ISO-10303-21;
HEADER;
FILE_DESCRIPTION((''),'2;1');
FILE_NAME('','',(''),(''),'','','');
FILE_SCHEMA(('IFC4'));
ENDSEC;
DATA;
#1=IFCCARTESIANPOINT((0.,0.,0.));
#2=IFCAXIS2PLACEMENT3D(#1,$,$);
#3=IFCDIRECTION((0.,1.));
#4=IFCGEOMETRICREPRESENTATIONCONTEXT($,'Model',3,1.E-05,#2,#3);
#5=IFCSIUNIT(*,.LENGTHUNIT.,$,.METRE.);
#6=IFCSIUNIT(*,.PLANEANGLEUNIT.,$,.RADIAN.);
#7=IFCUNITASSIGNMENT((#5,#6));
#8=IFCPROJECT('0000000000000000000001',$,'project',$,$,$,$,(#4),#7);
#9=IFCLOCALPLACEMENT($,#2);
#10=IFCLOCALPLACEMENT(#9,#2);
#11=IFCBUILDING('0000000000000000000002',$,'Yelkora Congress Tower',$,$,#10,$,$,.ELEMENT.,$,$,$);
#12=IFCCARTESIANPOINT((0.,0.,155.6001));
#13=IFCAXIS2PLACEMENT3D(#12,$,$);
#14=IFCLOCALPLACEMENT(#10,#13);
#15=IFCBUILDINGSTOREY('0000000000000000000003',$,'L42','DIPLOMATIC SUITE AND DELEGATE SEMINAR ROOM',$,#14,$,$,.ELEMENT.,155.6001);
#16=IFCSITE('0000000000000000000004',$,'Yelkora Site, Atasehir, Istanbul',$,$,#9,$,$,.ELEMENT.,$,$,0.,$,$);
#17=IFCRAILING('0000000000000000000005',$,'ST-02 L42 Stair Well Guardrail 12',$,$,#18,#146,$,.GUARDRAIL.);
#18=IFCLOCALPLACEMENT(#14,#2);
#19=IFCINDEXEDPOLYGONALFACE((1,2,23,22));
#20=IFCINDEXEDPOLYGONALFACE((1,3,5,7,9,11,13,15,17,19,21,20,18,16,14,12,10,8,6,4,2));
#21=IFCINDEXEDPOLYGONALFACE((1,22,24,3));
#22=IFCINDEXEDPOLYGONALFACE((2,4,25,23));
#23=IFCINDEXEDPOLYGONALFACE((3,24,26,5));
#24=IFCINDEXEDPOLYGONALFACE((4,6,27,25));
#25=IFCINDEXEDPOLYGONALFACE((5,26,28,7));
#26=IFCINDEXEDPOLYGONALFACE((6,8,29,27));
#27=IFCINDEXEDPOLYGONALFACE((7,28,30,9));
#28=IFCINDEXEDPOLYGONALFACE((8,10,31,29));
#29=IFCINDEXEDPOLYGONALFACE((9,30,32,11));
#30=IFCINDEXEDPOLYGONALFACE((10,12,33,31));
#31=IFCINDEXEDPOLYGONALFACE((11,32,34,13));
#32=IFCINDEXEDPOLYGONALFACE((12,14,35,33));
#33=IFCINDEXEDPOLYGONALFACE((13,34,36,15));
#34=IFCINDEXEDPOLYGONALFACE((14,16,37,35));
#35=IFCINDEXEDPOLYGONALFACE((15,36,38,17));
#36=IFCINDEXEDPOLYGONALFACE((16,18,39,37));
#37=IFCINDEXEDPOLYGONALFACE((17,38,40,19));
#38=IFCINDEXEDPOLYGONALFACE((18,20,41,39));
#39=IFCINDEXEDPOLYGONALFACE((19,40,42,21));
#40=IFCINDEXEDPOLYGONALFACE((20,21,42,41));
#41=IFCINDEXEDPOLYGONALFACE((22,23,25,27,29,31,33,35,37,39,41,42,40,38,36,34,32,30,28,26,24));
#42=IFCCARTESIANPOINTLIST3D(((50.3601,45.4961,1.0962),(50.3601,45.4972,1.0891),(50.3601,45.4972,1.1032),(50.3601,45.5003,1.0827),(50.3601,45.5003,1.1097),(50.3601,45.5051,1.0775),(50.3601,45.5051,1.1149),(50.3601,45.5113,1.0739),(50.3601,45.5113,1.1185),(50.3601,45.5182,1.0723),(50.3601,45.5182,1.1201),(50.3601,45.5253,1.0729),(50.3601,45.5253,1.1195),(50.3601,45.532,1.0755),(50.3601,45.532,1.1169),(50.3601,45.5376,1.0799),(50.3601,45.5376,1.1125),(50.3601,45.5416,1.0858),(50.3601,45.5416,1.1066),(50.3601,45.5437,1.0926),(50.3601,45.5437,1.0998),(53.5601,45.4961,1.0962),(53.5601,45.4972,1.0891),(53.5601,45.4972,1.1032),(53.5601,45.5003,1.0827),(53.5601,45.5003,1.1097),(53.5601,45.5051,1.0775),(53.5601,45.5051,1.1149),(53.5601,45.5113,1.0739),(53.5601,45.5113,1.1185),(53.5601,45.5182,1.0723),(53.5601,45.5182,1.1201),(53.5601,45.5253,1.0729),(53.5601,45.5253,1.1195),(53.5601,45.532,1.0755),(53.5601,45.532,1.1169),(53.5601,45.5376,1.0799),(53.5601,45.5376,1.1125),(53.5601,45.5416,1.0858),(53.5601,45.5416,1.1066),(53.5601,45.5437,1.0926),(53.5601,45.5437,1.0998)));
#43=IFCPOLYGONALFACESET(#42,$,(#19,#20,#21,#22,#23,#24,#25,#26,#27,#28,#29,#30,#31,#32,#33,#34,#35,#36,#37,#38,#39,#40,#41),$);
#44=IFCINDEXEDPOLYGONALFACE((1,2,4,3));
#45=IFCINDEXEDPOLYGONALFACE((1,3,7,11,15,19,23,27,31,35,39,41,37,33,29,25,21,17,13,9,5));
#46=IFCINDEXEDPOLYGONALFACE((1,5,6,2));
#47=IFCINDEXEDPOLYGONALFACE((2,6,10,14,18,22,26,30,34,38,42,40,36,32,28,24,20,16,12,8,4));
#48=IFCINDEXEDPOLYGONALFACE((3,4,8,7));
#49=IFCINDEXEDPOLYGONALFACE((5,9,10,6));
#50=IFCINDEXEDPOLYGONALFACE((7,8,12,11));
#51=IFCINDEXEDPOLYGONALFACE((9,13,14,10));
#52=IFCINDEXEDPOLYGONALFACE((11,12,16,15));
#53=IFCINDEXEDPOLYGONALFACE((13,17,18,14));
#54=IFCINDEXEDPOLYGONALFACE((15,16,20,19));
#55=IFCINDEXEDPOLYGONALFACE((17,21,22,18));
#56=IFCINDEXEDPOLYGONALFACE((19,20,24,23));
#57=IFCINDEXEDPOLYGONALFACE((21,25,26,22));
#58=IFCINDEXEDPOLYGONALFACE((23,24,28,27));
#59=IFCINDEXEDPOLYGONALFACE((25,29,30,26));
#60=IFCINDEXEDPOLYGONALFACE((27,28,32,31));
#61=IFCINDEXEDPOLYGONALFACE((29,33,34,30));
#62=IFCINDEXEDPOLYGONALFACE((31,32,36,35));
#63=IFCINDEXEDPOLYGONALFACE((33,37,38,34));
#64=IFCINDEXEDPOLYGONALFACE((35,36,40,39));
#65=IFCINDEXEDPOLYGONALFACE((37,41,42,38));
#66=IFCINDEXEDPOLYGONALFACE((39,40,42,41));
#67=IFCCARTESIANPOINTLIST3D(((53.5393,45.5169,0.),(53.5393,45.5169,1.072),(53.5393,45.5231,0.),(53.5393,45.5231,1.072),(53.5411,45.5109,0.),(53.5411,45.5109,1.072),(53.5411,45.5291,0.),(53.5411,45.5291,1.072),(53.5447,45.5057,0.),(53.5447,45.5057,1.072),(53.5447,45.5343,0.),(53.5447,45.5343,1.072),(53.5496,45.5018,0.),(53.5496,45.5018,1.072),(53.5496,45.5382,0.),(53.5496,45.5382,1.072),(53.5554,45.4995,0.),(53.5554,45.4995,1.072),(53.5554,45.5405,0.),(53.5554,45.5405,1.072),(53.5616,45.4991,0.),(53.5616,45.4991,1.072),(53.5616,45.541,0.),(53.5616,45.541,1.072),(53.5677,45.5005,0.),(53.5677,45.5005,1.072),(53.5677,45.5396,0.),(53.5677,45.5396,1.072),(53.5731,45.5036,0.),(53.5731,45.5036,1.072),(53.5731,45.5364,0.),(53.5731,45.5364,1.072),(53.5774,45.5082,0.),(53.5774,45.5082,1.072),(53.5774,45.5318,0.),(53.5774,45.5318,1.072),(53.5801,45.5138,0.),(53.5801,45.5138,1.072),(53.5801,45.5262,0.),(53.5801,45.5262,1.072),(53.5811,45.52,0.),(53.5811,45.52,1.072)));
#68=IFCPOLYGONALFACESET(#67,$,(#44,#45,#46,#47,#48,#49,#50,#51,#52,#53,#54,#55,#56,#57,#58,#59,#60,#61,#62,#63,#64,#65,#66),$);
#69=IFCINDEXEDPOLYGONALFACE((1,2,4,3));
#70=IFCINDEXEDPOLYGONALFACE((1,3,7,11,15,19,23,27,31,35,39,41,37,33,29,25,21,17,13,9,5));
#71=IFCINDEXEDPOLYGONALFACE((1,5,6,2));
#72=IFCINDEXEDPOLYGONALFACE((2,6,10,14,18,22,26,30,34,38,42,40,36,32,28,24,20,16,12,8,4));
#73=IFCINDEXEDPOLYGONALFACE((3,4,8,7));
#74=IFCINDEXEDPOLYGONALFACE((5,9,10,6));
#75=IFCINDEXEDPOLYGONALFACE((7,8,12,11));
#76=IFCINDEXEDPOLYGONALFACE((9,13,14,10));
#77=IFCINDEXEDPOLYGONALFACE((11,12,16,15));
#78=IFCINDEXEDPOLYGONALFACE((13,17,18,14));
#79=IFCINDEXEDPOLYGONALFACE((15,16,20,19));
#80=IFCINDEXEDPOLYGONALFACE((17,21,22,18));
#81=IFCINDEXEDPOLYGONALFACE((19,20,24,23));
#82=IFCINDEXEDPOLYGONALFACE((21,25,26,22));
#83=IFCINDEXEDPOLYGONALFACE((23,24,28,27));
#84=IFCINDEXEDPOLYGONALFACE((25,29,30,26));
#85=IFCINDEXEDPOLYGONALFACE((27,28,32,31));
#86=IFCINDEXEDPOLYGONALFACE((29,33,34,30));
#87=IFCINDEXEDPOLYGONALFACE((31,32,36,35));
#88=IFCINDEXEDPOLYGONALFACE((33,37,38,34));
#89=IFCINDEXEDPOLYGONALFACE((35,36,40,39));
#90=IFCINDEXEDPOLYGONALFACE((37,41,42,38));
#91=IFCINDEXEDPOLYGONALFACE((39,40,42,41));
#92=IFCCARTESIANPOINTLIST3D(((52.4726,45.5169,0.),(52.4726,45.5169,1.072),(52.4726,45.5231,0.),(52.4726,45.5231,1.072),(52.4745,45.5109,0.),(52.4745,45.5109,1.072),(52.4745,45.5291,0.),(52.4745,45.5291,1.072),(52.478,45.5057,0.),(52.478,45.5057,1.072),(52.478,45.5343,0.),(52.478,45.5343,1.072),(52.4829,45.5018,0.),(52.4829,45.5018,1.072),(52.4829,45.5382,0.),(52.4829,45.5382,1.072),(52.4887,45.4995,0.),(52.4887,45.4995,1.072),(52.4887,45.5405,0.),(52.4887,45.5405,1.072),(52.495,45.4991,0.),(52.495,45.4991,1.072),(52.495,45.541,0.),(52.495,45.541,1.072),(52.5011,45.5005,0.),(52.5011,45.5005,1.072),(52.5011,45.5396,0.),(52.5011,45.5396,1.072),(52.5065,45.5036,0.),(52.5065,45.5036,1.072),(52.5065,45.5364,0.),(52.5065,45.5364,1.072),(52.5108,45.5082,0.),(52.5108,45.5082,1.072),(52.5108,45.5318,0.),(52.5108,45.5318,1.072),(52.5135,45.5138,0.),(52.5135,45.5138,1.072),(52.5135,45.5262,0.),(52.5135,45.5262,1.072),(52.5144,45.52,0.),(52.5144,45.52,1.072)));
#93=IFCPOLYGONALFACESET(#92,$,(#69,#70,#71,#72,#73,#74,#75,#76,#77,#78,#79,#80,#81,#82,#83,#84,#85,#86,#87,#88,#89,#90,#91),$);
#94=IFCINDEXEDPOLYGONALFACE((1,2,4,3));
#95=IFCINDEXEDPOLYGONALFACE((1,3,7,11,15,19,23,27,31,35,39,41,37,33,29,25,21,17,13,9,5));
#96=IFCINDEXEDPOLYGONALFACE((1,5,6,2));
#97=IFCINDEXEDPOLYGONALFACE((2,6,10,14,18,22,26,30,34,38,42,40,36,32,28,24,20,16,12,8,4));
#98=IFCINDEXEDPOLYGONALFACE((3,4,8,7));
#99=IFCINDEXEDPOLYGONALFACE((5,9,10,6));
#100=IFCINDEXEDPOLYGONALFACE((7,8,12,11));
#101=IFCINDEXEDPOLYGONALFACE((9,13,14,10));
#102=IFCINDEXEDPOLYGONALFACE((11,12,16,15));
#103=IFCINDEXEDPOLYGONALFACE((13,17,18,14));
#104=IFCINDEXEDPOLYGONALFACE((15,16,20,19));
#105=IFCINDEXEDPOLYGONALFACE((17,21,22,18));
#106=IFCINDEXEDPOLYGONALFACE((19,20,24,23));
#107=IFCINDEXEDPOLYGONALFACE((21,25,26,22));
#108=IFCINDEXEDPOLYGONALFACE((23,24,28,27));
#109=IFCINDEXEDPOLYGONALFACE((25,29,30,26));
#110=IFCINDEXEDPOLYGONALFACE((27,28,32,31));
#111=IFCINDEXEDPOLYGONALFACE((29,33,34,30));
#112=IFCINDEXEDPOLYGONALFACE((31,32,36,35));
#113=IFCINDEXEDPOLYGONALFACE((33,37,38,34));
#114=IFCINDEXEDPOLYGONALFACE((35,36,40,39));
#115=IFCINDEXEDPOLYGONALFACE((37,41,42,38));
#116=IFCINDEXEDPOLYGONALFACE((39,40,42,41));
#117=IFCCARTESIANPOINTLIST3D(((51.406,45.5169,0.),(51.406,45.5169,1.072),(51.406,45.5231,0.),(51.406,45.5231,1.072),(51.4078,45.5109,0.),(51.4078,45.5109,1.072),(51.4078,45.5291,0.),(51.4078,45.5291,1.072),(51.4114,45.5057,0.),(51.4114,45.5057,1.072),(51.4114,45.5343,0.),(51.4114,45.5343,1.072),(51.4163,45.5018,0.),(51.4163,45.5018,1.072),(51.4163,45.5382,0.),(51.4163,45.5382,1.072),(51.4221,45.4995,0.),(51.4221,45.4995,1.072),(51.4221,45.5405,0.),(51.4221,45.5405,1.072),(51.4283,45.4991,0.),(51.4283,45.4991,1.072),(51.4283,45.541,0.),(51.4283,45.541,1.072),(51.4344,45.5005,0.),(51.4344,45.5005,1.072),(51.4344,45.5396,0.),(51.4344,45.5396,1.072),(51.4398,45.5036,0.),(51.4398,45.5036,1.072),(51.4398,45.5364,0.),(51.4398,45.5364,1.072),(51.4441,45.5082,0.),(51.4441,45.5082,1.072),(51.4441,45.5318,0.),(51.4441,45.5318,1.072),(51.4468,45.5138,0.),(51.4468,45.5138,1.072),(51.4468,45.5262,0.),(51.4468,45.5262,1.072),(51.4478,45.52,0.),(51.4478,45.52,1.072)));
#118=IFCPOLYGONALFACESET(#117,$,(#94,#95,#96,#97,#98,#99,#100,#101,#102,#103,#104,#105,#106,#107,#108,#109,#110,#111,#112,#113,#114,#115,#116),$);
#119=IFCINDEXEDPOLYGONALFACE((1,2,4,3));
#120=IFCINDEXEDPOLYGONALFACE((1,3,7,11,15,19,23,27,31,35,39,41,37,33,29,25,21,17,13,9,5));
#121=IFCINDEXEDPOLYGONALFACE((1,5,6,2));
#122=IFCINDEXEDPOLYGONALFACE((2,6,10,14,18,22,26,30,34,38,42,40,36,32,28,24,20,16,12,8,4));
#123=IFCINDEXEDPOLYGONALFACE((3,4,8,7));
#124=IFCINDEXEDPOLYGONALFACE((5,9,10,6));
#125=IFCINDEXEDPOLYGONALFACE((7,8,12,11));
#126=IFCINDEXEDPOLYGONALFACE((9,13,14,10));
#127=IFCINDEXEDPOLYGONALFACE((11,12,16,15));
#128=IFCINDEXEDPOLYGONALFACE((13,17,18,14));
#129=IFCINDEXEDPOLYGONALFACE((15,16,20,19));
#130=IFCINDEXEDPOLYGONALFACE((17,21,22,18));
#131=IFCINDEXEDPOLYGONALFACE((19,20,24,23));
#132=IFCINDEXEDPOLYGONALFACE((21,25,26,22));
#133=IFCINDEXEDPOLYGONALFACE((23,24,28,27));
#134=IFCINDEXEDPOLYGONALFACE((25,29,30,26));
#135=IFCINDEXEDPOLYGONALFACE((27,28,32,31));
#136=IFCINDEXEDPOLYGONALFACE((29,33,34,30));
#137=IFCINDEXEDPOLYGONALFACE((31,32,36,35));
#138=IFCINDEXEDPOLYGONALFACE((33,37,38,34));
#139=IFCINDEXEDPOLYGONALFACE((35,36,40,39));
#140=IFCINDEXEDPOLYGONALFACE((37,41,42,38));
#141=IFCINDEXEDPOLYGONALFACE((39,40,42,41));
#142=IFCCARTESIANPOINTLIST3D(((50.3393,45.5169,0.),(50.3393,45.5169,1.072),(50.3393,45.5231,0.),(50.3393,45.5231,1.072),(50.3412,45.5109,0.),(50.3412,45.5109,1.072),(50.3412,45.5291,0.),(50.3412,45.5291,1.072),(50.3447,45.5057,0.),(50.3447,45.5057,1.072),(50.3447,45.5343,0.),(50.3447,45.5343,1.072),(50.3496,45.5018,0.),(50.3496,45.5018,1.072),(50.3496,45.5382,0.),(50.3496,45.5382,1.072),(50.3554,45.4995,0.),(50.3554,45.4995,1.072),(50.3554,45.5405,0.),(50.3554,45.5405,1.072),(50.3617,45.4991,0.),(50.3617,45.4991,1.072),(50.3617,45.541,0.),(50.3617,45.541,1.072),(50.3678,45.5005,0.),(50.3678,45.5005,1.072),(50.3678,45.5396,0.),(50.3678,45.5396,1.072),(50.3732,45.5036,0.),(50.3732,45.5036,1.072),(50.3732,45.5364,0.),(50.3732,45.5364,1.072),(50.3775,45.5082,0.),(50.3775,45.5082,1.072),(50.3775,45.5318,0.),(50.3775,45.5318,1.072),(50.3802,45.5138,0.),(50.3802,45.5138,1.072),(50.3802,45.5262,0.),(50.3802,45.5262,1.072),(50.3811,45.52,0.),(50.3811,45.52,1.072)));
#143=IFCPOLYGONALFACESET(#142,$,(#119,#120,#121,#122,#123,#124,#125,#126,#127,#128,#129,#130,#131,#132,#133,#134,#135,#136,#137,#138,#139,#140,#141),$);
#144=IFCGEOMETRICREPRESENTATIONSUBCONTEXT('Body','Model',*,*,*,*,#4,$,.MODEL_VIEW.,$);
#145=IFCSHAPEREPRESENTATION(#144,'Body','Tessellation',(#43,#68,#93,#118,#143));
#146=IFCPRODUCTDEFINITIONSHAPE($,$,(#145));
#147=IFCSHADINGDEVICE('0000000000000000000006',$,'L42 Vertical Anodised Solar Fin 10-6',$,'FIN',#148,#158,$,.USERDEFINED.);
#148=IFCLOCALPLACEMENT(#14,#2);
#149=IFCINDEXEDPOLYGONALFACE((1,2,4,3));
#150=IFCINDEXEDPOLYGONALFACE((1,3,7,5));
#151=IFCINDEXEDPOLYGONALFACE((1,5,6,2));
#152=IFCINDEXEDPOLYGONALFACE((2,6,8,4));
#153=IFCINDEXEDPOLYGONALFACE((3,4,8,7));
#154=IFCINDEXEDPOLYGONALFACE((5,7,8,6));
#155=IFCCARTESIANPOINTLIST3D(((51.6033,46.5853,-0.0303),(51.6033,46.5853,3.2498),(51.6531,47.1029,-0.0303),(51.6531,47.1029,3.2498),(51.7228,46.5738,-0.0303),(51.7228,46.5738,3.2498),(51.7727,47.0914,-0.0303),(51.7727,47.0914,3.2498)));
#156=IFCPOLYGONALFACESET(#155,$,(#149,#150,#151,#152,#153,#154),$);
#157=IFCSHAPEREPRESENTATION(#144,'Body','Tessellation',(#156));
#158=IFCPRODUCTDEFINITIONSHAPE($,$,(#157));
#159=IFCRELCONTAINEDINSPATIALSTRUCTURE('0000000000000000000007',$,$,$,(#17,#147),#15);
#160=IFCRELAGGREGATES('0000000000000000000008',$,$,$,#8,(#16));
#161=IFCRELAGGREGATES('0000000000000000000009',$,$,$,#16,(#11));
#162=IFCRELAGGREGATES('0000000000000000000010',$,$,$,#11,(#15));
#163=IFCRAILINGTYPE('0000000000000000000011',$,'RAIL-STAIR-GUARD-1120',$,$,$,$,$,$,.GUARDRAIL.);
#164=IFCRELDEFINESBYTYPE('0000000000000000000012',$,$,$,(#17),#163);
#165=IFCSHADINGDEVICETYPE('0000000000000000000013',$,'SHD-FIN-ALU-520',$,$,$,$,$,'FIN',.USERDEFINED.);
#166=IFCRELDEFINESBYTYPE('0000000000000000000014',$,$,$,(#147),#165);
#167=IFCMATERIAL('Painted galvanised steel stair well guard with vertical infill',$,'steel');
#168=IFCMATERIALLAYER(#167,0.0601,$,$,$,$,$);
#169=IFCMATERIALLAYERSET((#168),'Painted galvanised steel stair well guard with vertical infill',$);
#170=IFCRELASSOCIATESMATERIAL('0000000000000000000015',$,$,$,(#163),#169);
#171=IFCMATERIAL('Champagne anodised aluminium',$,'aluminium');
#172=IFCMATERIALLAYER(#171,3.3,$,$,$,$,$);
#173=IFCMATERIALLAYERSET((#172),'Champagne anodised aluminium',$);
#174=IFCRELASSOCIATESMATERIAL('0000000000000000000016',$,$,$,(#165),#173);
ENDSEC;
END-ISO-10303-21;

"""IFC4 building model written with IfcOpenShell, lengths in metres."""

from ifc_helpers import new_model, si_unit, direction, frame, origin, origin_2d, place, context, subcontext, project, spatial, rectangle, circle, extrude, material, layer, layer_set, type_object, element, save


model = new_model("IFC4")

# Units and contexts
model_context = context("Model", 3, precision=1e-05, world=origin(), true_north=direction((0.0, 1.0)))
body_context = subcontext(model_context, "Body", "Model", "MODEL_VIEW")
ifc_project = project(units=[si_unit("LENGTHUNIT", "METRE"), si_unit("PLANEANGLEUNIT", "RADIAN")], contexts=[model_context])

# Site, building, storey
site_placement = place(None, origin())
site = spatial("IfcSite", under=ifc_project, at=site_placement, Name="Yelkora Site, Atasehir, Istanbul", CompositionType="ELEMENT", RefElevation=0.0)
building_placement = place(site_placement, origin())
building = spatial("IfcBuilding", under=site, at=building_placement, Name="Yelkora Congress Tower", CompositionType="ELEMENT")
storey_placement = place(building_placement, frame((0.0, 0.0, 155.6001)))
storey = spatial("IfcBuildingStorey", under=building, at=storey_placement, Name="L42", Description="DIPLOMATIC SUITE AND DELEGATE SEMINAR ROOM", CompositionType="ELEMENT", Elevation=155.6001)

# Railing
ifc_material_1 = material(Name="Painted galvanised steel stair well guard with vertical infill", Category="steel")
ifc_layer_1 = layer(ifc_material_1, 0.0601)
ifc_layer_set_1 = layer_set([ifc_layer_1], Name="Painted galvanised steel stair well guard with vertical infill")
railing_type = type_object("IfcRailingType", Name="RAIL-STAIR-GUARD-1120", PredefinedType="GUARDRAIL", material=ifc_layer_set_1)
railing_1_placement = place(storey_placement, frame((53.5601, 45.52, 0.0)))
element("IfcRailing", 1, at=railing_1_placement, inside=storey, type_object=railing_type, Name="ST-02 L42 Stair Well Guardrail 12", PredefinedType="GUARDRAIL", context=body_context, shape_type="SweptSolid", body=[
    extrude(circle(Radius=0.0239, at=origin_2d()), frame((0.0, 0.0, 1.0962), z_axis=(-1.0, 0.0, 0.0), x_axis=(0.0, -1.0, 0.0)), (0.0, 0.0, 1.0), 3.2),
    extrude(circle(Radius=0.021, at=origin_2d()), origin(), (0.0, 0.0, 1.0), 1.072),
    extrude(circle(Radius=0.021, at=origin_2d()), frame((-1.0667, 0.0, 0.0)), (0.0, 0.0, 1.0), 1.072),
    extrude(circle(Radius=0.021, at=origin_2d()), frame((-2.1333, 0.0, 0.0)), (0.0, 0.0, 1.0), 1.072),
    extrude(circle(Radius=0.021, at=origin_2d()), frame((-3.2, 0.0, 0.0)), (0.0, 0.0, 1.0), 1.072),
])

# Shading device
ifc_material_2 = material(Name="Champagne anodised aluminium", Category="aluminium")
ifc_layer_2 = layer(ifc_material_2, 3.3)
ifc_layer_set_2 = layer_set([ifc_layer_2], Name="Champagne anodised aluminium")
shading_device_type = type_object("IfcShadingDeviceType", Name="SHD-FIN-ALU-520", ElementType="FIN", PredefinedType="USERDEFINED", material=ifc_layer_set_2)
shading_device_placement = place(storey_placement, frame((51.688, 46.8384, -0.0303), z_axis=(0.0, 0.0, 1.0), x_axis=(0.995396, -0.095846, 0.0)))
element("IfcShadingDevice", 2, at=shading_device_placement, inside=storey, type_object=shading_device_type, Name="L42 Vertical Anodised Solar Fin 10-6", ObjectType="FIN", PredefinedType="USERDEFINED", context=body_context, shape_type="SweptSolid", body=[
    extrude(rectangle(XDim=0.1201, YDim=0.52, at=origin_2d()), origin(), (0.0, 0.0, 1.0), 3.28),
])

save(model, "model.ifc")
